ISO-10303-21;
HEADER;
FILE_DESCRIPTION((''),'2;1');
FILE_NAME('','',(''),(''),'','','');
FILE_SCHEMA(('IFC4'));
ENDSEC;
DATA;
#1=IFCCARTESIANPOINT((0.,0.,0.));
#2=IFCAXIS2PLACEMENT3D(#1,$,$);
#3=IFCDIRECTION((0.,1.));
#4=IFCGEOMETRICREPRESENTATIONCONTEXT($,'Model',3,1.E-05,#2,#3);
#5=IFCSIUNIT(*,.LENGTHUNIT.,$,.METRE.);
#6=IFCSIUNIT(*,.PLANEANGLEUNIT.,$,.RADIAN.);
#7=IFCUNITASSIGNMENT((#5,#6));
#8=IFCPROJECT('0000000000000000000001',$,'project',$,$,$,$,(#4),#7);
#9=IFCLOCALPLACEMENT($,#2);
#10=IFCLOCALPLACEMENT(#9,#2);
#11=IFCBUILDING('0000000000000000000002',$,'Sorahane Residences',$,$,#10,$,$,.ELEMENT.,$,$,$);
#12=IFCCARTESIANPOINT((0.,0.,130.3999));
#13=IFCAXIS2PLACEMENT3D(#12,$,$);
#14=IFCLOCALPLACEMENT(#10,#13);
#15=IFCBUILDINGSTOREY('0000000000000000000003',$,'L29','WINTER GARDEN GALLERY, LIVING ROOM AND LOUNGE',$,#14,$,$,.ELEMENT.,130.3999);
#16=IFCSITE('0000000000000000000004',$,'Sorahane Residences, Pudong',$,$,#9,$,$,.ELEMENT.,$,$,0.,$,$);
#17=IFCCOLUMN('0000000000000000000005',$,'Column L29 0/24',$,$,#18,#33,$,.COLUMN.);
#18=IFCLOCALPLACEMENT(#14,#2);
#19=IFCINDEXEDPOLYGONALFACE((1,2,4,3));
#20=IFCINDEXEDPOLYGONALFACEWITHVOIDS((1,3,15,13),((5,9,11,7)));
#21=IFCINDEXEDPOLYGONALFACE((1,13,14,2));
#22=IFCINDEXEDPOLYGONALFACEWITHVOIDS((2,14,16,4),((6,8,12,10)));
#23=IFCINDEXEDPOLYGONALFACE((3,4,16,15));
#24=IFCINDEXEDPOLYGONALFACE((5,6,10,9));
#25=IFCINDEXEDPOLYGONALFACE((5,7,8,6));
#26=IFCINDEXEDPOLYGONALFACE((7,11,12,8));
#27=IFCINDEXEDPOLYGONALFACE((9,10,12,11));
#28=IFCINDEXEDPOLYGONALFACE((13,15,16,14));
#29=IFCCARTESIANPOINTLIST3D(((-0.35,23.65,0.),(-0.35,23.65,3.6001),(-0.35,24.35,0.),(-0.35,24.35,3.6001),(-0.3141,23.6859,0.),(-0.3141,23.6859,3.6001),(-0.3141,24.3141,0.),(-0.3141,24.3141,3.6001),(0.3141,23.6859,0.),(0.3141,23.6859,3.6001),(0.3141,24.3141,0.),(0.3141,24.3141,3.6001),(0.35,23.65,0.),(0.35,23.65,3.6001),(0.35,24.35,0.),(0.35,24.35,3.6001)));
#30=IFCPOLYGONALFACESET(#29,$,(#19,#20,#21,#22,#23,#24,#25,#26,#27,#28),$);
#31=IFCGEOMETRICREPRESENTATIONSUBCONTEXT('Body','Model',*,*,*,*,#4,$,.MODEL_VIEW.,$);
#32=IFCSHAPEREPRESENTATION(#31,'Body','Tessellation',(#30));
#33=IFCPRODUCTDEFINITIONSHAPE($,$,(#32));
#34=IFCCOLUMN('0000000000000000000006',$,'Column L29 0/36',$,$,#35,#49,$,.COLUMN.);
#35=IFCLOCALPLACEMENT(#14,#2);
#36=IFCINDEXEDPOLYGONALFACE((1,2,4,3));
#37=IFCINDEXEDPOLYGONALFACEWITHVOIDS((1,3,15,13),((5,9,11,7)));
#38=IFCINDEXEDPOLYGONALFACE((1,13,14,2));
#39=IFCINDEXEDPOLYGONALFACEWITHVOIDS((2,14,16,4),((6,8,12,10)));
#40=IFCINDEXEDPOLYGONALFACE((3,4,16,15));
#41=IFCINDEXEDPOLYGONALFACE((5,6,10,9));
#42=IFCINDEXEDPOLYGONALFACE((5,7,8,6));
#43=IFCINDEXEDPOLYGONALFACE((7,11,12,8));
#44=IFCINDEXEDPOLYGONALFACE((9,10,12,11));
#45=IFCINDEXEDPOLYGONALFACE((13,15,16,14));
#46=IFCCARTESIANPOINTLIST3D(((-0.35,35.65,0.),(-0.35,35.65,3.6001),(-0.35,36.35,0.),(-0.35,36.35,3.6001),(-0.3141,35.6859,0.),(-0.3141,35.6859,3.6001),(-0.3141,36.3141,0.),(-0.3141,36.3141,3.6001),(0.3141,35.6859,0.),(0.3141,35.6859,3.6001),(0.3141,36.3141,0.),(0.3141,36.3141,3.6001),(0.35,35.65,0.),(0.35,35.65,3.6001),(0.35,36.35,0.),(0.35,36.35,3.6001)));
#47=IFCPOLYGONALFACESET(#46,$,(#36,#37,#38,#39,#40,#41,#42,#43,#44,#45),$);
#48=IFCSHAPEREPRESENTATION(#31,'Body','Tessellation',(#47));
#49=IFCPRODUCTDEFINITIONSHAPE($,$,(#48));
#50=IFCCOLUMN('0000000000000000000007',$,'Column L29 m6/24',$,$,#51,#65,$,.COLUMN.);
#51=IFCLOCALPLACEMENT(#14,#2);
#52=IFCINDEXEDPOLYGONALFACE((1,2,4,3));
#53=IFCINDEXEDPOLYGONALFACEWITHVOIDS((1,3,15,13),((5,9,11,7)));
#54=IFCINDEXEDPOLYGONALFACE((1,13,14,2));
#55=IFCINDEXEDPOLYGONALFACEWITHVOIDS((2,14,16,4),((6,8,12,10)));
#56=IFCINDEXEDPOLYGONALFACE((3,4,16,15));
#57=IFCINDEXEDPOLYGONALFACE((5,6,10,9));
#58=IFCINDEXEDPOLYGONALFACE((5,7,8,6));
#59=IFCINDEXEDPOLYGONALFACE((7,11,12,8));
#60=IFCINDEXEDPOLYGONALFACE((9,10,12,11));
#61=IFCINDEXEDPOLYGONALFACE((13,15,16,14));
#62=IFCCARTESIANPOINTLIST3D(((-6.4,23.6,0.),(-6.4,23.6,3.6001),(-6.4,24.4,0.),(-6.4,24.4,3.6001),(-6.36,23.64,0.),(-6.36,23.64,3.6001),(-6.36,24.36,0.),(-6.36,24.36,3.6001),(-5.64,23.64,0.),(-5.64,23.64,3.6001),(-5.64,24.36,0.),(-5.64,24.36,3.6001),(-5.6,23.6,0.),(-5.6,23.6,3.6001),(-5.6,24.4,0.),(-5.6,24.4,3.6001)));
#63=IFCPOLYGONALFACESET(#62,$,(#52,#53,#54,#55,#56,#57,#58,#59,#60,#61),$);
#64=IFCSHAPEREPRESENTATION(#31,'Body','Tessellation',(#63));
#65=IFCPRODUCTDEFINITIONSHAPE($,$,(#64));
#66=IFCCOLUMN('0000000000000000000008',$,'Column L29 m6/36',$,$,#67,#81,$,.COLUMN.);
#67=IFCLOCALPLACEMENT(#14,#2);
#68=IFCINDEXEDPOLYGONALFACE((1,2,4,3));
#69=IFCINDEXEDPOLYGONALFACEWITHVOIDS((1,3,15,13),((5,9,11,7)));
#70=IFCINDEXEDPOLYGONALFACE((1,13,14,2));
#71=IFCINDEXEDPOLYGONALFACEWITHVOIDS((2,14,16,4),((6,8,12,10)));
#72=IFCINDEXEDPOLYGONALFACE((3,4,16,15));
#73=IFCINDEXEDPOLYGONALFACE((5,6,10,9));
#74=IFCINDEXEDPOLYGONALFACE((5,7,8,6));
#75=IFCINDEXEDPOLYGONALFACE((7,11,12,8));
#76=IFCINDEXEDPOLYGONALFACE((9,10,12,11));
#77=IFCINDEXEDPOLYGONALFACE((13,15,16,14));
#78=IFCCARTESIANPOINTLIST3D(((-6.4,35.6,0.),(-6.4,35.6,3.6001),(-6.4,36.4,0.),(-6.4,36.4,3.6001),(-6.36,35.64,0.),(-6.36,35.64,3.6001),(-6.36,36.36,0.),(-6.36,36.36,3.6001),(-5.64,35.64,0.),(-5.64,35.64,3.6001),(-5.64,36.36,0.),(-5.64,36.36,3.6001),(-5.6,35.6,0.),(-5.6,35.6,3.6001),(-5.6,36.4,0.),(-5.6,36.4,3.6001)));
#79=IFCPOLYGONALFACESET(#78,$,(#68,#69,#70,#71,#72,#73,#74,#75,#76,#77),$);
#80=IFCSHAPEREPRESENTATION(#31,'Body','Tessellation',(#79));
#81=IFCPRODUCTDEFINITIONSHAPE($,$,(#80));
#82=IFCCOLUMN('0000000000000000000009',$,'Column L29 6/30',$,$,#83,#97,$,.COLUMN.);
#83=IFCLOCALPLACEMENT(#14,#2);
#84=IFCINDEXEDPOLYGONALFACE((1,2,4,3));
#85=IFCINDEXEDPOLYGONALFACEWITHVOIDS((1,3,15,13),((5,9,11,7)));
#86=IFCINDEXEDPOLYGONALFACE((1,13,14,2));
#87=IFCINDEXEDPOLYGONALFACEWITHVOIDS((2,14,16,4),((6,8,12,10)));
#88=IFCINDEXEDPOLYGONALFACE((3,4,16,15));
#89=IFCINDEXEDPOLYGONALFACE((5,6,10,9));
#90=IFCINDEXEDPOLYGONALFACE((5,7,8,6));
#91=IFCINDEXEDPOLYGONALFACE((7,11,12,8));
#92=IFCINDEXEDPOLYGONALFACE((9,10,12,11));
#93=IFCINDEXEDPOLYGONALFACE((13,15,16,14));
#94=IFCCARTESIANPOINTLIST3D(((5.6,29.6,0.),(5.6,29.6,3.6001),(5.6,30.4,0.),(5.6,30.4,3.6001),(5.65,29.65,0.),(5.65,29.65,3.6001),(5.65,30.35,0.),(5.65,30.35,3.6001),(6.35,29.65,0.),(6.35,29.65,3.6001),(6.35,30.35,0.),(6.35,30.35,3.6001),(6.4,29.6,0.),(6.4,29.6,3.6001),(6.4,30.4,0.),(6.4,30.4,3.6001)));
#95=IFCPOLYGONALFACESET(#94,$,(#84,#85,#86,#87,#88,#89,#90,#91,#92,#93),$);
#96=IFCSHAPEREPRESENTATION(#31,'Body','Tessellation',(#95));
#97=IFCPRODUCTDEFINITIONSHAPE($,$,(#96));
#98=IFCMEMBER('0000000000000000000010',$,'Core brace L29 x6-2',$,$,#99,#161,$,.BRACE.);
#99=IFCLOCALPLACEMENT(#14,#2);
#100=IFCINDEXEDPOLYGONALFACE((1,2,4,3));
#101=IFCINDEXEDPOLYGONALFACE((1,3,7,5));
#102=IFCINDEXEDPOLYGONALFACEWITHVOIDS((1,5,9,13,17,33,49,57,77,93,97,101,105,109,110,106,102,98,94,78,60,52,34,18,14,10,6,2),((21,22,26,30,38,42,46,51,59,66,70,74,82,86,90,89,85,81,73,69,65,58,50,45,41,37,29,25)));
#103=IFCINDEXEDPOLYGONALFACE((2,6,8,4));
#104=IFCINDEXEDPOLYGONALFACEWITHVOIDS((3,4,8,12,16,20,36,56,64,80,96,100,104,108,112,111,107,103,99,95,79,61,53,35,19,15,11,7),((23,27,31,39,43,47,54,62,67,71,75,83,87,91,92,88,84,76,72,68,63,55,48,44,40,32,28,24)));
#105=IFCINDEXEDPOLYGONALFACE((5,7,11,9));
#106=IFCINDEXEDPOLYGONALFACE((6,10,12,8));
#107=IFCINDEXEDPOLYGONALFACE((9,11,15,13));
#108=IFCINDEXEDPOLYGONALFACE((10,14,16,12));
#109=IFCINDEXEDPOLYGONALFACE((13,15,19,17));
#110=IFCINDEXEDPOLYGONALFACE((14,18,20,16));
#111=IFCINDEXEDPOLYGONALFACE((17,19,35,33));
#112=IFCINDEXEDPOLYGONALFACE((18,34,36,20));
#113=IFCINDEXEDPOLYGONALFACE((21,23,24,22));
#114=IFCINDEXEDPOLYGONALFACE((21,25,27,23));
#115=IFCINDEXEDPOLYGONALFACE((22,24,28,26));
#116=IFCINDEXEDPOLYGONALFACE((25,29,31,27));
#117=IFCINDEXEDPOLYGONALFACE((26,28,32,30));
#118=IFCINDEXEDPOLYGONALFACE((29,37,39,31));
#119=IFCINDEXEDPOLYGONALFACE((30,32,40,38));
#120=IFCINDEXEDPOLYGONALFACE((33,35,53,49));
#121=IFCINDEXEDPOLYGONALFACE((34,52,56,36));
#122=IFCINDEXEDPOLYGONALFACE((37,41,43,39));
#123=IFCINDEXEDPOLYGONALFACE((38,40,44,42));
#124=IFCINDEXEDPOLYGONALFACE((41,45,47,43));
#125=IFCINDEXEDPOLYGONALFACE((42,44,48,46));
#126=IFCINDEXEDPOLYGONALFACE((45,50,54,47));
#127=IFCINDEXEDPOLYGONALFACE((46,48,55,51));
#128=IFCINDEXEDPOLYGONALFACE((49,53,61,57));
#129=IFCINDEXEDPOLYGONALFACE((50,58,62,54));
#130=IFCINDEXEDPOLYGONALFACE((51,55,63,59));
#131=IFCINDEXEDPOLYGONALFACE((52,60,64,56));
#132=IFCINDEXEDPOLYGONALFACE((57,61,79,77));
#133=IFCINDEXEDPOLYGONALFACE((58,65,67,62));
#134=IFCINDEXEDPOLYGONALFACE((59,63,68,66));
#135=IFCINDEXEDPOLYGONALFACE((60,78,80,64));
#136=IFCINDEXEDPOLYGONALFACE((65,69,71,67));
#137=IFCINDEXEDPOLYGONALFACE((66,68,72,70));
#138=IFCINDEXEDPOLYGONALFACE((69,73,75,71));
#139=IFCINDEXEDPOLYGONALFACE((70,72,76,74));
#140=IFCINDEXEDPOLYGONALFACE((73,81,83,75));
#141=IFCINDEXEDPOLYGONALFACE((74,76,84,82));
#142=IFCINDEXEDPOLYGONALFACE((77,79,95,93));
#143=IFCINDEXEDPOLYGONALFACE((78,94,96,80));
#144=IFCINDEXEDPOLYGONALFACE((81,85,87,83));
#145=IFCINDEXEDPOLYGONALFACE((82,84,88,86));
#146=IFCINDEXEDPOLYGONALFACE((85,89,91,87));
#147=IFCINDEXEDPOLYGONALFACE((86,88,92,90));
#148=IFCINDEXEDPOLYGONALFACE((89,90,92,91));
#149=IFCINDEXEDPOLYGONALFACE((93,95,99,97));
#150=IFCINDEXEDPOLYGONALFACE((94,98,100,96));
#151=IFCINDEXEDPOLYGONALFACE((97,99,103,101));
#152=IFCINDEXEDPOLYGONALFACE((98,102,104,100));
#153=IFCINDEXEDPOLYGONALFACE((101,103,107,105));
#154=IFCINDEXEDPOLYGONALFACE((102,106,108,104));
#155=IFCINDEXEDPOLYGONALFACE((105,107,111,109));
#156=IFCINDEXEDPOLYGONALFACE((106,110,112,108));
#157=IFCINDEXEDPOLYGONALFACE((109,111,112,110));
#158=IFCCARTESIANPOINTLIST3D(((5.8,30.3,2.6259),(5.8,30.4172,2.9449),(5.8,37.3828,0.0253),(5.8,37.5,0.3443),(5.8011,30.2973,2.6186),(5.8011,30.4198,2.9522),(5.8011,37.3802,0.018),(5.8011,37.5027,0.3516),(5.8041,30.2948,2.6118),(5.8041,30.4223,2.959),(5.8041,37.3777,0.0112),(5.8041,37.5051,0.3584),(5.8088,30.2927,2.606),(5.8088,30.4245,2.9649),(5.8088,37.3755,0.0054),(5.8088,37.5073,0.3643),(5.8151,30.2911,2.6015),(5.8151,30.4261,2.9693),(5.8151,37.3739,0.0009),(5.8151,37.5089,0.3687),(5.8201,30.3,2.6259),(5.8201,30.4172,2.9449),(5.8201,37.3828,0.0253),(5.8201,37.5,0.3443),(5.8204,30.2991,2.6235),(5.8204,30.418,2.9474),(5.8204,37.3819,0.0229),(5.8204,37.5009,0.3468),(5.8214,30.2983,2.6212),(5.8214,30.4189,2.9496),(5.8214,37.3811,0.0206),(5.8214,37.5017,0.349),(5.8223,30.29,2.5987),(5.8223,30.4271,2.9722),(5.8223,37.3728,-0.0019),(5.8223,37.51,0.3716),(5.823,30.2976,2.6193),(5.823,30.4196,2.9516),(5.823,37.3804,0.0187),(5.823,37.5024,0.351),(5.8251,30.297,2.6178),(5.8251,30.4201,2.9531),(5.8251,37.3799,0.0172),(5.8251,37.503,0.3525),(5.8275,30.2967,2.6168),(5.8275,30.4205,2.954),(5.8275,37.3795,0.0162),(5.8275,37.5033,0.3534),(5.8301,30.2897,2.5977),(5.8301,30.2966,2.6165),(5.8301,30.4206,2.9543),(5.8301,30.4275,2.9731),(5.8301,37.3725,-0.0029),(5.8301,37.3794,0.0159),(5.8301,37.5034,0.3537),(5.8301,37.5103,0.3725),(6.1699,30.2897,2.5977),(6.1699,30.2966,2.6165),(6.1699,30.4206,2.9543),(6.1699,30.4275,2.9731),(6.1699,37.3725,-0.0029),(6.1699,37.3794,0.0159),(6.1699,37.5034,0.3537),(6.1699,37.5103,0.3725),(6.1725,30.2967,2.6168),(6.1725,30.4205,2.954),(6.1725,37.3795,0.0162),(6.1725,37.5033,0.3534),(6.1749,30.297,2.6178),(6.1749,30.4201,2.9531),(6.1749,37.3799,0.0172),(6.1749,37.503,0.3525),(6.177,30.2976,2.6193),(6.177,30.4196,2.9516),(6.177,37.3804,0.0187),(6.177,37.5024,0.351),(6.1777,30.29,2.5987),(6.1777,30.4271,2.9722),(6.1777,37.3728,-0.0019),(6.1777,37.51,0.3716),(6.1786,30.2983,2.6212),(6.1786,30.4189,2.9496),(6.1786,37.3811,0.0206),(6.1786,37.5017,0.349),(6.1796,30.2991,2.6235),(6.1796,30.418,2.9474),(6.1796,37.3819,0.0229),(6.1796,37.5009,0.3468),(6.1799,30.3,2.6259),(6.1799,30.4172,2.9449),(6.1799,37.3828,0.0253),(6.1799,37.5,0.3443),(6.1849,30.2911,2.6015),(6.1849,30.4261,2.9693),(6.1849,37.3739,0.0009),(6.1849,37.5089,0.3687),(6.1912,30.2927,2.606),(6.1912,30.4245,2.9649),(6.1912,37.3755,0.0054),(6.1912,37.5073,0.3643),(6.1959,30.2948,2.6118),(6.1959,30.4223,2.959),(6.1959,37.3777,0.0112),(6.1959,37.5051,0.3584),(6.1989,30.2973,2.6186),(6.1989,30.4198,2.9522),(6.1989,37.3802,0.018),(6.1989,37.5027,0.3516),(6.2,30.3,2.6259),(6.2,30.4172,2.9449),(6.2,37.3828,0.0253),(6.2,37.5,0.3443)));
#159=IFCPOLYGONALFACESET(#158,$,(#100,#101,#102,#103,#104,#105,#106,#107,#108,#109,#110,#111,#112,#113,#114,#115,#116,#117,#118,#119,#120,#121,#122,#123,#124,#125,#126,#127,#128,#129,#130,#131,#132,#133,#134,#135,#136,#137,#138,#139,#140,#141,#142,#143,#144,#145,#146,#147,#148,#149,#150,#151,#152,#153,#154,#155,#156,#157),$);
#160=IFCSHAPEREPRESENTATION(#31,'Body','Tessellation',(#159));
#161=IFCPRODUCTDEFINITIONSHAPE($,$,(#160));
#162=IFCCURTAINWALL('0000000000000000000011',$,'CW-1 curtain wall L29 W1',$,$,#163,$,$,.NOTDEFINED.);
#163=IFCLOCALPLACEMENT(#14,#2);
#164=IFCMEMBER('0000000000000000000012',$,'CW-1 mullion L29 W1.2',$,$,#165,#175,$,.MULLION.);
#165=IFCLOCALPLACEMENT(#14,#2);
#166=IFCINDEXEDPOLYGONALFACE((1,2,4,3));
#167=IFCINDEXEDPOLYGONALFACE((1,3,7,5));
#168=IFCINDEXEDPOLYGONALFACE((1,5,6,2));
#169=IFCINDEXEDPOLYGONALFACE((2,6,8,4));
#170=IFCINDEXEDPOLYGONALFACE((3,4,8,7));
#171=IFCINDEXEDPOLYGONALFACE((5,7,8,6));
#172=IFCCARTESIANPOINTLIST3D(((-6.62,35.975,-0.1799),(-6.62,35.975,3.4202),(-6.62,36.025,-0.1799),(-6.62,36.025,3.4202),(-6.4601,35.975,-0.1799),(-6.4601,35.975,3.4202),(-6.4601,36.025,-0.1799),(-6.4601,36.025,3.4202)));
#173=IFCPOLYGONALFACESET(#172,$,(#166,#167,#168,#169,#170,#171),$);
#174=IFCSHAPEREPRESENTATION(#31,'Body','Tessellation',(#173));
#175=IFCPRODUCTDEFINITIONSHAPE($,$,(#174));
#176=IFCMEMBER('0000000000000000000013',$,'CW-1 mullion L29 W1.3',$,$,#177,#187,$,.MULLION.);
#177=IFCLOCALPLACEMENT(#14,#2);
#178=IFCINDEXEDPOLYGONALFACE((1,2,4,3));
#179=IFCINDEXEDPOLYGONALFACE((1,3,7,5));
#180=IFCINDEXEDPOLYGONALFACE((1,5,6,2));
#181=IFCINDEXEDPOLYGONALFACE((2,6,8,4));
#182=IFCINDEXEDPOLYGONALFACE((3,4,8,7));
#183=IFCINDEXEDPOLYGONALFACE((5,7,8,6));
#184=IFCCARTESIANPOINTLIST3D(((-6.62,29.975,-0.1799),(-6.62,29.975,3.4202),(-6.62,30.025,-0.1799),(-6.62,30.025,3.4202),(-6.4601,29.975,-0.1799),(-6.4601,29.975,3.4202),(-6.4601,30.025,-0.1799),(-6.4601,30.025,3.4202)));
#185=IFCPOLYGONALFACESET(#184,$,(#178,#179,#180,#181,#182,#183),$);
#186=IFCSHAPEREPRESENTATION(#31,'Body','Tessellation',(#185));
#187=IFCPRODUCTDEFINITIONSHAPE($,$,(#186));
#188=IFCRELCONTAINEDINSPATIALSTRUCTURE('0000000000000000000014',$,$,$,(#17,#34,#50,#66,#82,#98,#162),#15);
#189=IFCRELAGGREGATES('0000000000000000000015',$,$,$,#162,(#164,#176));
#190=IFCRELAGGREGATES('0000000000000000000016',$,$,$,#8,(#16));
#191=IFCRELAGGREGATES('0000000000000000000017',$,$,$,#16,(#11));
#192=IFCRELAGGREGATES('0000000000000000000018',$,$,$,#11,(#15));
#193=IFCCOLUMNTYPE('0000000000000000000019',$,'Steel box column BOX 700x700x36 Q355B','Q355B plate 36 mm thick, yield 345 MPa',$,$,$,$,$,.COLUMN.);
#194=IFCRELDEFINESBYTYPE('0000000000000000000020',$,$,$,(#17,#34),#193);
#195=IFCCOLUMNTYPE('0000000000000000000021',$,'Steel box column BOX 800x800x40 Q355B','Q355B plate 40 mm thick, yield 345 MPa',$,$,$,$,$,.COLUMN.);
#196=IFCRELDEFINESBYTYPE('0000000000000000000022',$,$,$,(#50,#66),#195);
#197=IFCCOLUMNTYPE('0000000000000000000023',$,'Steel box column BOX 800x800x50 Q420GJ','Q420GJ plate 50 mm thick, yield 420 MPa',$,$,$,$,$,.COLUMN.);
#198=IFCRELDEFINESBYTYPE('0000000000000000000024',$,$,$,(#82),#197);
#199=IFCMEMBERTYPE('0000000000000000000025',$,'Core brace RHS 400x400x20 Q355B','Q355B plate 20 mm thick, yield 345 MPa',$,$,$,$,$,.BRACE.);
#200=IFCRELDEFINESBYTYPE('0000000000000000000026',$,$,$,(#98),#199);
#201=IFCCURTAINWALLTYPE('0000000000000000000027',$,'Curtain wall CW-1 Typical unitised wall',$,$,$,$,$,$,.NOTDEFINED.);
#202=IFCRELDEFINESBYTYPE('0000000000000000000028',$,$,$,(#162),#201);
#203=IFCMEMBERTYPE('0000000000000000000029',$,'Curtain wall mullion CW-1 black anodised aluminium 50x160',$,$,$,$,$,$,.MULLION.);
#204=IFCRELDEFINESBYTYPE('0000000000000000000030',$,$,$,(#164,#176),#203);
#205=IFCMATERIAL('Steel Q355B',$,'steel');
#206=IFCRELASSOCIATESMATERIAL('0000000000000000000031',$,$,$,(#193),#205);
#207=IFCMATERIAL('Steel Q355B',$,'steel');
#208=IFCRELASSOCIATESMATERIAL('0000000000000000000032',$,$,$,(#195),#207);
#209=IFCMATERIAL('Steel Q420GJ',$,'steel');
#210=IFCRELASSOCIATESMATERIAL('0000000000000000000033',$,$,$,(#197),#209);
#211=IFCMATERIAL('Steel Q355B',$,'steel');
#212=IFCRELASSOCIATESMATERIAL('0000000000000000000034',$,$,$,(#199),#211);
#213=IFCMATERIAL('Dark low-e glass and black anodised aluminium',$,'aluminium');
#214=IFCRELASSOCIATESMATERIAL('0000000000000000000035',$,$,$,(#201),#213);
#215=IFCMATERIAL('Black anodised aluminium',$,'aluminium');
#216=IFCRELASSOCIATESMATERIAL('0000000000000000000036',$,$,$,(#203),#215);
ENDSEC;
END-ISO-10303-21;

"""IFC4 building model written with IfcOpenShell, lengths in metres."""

from ifc_helpers import new_model, si_unit, direction, frame, origin, origin_2d, place, context, subcontext, project, spatial, rectangle, hollow_rectangle, extrude, material, material_profile, profile_set, type_object, element, aggregate, save


model = new_model("IFC4")

# Units and contexts
model_context = context("Model", 3, precision=1e-05, world=origin(), true_north=direction((0.0, 1.0)))
body_context = subcontext(model_context, "Body", "Model", "MODEL_VIEW")
ifc_project = project(units=[si_unit("LENGTHUNIT", "METRE"), si_unit("PLANEANGLEUNIT", "RADIAN")], contexts=[model_context])

# Site, building, storey
site_placement = place(None, origin())
site = spatial("IfcSite", under=ifc_project, at=site_placement, Name="Sorahane Residences, Pudong", CompositionType="ELEMENT", RefElevation=0.0)
building_placement = place(site_placement, origin())
building = spatial("IfcBuilding", under=site, at=building_placement, Name="Sorahane Residences", CompositionType="ELEMENT")
storey_placement = place(building_placement, frame((0.0, 0.0, 130.3999)))
storey = spatial("IfcBuildingStorey", under=building, at=storey_placement, Name="L29", Description="WINTER GARDEN GALLERY, LIVING ROOM AND LOUNGE", CompositionType="ELEMENT", Elevation=130.3999)

# Columns
ifc_material_1 = material(Name="Steel Q355B", Category="steel")
ifc_material_profile_1 = material_profile(ifc_material_1, hollow_rectangle(XDim=0.7, YDim=0.7, WallThickness=0.0359, at=origin_2d()), Name="BOX 700x700x36")
ifc_profile_set_1 = profile_set([ifc_material_profile_1], Name="Steel Q355B")
column_type_1 = type_object("IfcColumnType", Name="Steel box column BOX 700x700x36 Q355B", Description="Q355B plate 36 mm thick, yield 345 MPa", PredefinedType="COLUMN", material=ifc_profile_set_1)
for number, where, z_axis, x_axis, name in (
    (1, (0.0, 24.0, 0.0), (0.0, 0.0, 1.0), (1.0, 0.0, 0.0), "Column L29 0/24"),
    (2, (0.0, 36.0, 0.0), (0.0, 0.0, 1.0), (1.0, 0.0, 0.0), "Column L29 0/36"),
):
    element("IfcColumn", number, at=place(storey_placement, frame(where, z_axis=z_axis, x_axis=x_axis)), inside=storey, type_object=column_type_1, Name=name, PredefinedType="COLUMN", context=body_context, shape_type="SweptSolid", body=[
        extrude(hollow_rectangle(XDim=0.7, YDim=0.7, WallThickness=0.0359, at=origin_2d()), origin(), (0.0, 0.0, 1.0), 3.6001),
    ])
ifc_material_2 = material(Name="Steel Q355B", Category="steel")
ifc_material_profile_2 = material_profile(ifc_material_2, hollow_rectangle(XDim=0.8, YDim=0.8, WallThickness=0.04, at=origin_2d()), Name="BOX 800x800x40")
ifc_profile_set_2 = profile_set([ifc_material_profile_2], Name="Steel Q355B")
column_type_2 = type_object("IfcColumnType", Name="Steel box column BOX 800x800x40 Q355B", Description="Q355B plate 40 mm thick, yield 345 MPa", PredefinedType="COLUMN", material=ifc_profile_set_2)
for number, where, z_axis, x_axis, name in (
    (3, (-6.0, 24.0, 0.0), (0.0, 0.0, 1.0), (1.0, 0.0, 0.0), "Column L29 m6/24"),
    (4, (-6.0, 36.0, 0.0), (0.0, 0.0, 1.0), (1.0, 0.0, 0.0), "Column L29 m6/36"),
):
    element("IfcColumn", number, at=place(storey_placement, frame(where, z_axis=z_axis, x_axis=x_axis)), inside=storey, type_object=column_type_2, Name=name, PredefinedType="COLUMN", context=body_context, shape_type="SweptSolid", body=[
        extrude(hollow_rectangle(XDim=0.8, YDim=0.8, WallThickness=0.04, at=origin_2d()), origin(), (0.0, 0.0, 1.0), 3.6001),
    ])
ifc_material_3 = material(Name="Steel Q420GJ", Category="steel")
ifc_material_profile_3 = material_profile(ifc_material_3, hollow_rectangle(XDim=0.8, YDim=0.8, WallThickness=0.05, at=origin_2d()), Name="BOX 800x800x50")
ifc_profile_set_3 = profile_set([ifc_material_profile_3], Name="Steel Q420GJ")
column_type_3 = type_object("IfcColumnType", Name="Steel box column BOX 800x800x50 Q420GJ", Description="Q420GJ plate 50 mm thick, yield 420 MPa", PredefinedType="COLUMN", material=ifc_profile_set_3)
column_placement = place(storey_placement, frame((6.0, 30.0, 0.0), z_axis=(0.0, 0.0, 1.0), x_axis=(1.0, 0.0, 0.0)))
element("IfcColumn", 5, at=column_placement, inside=storey, type_object=column_type_3, Name="Column L29 6/30", PredefinedType="COLUMN", context=body_context, shape_type="SweptSolid", body=[
    extrude(hollow_rectangle(XDim=0.8, YDim=0.8, WallThickness=0.05, at=origin_2d()), origin(), (0.0, 0.0, 1.0), 3.6001),
])

# Member
ifc_material_4 = material(Name="Steel Q355B", Category="steel")
ifc_material_profile_4 = material_profile(ifc_material_4, hollow_rectangle(XDim=0.3999, YDim=0.3999, WallThickness=0.02, InnerFilletRadius=0.01, OuterFilletRadius=0.03, at=origin_2d()), Name="RHS 400x400x20")
ifc_profile_set_4 = profile_set([ifc_material_profile_4], Name="Steel Q355B")
member_type_1 = type_object("IfcMemberType", Name="Core brace RHS 400x400x20 Q355B", Description="Q355B plate 20 mm thick, yield 345 MPa", PredefinedType="BRACE", material=ifc_profile_set_4)
member_1_placement = place(storey_placement, frame((6.0, 37.4414, 0.1848), z_axis=(0.0, -0.938723, 0.344672), x_axis=(1.0, 0.0, 0.0)))
element("IfcMember", 6, at=member_1_placement, inside=storey, type_object=member_type_1, Name="Core brace L29 x6-2", PredefinedType="BRACE", context=body_context, shape_type="SweptSolid", body=[
    extrude(hollow_rectangle(XDim=0.3999, YDim=0.3999, WallThickness=0.02, InnerFilletRadius=0.01, OuterFilletRadius=0.03, at=origin_2d()), origin(), (0.0, 0.0, 1.0), 7.5452),
])

# Curtain wall, members
ifc_material_5 = material(Name="Dark low-e glass and black anodised aluminium", Category="aluminium")
curtain_wall_type = type_object("IfcCurtainWallType", Name="Curtain wall CW-1 Typical unitised wall", PredefinedType="NOTDEFINED", material=ifc_material_5)
curtain_wall_placement = place(storey_placement, origin())
curtain_wall = element("IfcCurtainWall", 7, at=curtain_wall_placement, inside=storey, type_object=curtain_wall_type, Name="CW-1 curtain wall L29 W1", PredefinedType="NOTDEFINED")
ifc_material_6 = material(Name="Black anodised aluminium", Category="aluminium")
ifc_material_profile_5 = material_profile(ifc_material_6, rectangle(XDim=0.1599, YDim=0.05, at=origin_2d()), Name="Curtain wall mullion CW-1 black anodised aluminium 50x160")
ifc_profile_set_5 = profile_set([ifc_material_profile_5], Name="Black anodised aluminium")
member_type_2 = type_object("IfcMemberType", Name="Curtain wall mullion CW-1 black anodised aluminium 50x160", PredefinedType="MULLION", material=ifc_profile_set_5)
member_2_placement = place(storey_placement, frame((-6.54, 36.0, -0.1799), z_axis=(0.0, 0.0, 1.0), x_axis=(-1.0, 0.0, 0.0)))
member_2 = element("IfcMember", 8, at=member_2_placement, type_object=member_type_2, Name="CW-1 mullion L29 W1.2", PredefinedType="MULLION", context=body_context, shape_type="SweptSolid", body=[
    extrude(rectangle(XDim=0.1599, YDim=0.05, at=origin_2d()), origin(), (0.0, 0.0, 1.0), 3.6001),
])
member_3_placement = place(storey_placement, frame((-6.54, 30.0, -0.1799), z_axis=(0.0, 0.0, 1.0), x_axis=(-1.0, 0.0, 0.0)))
member_3 = element("IfcMember", 9, at=member_3_placement, type_object=member_type_2, Name="CW-1 mullion L29 W1.3", PredefinedType="MULLION", context=body_context, shape_type="SweptSolid", body=[
    extrude(rectangle(XDim=0.1599, YDim=0.05, at=origin_2d()), origin(), (0.0, 0.0, 1.0), 3.6001),
])

aggregate(curtain_wall, [member_2, member_3])

save(model, "model.ifc")
